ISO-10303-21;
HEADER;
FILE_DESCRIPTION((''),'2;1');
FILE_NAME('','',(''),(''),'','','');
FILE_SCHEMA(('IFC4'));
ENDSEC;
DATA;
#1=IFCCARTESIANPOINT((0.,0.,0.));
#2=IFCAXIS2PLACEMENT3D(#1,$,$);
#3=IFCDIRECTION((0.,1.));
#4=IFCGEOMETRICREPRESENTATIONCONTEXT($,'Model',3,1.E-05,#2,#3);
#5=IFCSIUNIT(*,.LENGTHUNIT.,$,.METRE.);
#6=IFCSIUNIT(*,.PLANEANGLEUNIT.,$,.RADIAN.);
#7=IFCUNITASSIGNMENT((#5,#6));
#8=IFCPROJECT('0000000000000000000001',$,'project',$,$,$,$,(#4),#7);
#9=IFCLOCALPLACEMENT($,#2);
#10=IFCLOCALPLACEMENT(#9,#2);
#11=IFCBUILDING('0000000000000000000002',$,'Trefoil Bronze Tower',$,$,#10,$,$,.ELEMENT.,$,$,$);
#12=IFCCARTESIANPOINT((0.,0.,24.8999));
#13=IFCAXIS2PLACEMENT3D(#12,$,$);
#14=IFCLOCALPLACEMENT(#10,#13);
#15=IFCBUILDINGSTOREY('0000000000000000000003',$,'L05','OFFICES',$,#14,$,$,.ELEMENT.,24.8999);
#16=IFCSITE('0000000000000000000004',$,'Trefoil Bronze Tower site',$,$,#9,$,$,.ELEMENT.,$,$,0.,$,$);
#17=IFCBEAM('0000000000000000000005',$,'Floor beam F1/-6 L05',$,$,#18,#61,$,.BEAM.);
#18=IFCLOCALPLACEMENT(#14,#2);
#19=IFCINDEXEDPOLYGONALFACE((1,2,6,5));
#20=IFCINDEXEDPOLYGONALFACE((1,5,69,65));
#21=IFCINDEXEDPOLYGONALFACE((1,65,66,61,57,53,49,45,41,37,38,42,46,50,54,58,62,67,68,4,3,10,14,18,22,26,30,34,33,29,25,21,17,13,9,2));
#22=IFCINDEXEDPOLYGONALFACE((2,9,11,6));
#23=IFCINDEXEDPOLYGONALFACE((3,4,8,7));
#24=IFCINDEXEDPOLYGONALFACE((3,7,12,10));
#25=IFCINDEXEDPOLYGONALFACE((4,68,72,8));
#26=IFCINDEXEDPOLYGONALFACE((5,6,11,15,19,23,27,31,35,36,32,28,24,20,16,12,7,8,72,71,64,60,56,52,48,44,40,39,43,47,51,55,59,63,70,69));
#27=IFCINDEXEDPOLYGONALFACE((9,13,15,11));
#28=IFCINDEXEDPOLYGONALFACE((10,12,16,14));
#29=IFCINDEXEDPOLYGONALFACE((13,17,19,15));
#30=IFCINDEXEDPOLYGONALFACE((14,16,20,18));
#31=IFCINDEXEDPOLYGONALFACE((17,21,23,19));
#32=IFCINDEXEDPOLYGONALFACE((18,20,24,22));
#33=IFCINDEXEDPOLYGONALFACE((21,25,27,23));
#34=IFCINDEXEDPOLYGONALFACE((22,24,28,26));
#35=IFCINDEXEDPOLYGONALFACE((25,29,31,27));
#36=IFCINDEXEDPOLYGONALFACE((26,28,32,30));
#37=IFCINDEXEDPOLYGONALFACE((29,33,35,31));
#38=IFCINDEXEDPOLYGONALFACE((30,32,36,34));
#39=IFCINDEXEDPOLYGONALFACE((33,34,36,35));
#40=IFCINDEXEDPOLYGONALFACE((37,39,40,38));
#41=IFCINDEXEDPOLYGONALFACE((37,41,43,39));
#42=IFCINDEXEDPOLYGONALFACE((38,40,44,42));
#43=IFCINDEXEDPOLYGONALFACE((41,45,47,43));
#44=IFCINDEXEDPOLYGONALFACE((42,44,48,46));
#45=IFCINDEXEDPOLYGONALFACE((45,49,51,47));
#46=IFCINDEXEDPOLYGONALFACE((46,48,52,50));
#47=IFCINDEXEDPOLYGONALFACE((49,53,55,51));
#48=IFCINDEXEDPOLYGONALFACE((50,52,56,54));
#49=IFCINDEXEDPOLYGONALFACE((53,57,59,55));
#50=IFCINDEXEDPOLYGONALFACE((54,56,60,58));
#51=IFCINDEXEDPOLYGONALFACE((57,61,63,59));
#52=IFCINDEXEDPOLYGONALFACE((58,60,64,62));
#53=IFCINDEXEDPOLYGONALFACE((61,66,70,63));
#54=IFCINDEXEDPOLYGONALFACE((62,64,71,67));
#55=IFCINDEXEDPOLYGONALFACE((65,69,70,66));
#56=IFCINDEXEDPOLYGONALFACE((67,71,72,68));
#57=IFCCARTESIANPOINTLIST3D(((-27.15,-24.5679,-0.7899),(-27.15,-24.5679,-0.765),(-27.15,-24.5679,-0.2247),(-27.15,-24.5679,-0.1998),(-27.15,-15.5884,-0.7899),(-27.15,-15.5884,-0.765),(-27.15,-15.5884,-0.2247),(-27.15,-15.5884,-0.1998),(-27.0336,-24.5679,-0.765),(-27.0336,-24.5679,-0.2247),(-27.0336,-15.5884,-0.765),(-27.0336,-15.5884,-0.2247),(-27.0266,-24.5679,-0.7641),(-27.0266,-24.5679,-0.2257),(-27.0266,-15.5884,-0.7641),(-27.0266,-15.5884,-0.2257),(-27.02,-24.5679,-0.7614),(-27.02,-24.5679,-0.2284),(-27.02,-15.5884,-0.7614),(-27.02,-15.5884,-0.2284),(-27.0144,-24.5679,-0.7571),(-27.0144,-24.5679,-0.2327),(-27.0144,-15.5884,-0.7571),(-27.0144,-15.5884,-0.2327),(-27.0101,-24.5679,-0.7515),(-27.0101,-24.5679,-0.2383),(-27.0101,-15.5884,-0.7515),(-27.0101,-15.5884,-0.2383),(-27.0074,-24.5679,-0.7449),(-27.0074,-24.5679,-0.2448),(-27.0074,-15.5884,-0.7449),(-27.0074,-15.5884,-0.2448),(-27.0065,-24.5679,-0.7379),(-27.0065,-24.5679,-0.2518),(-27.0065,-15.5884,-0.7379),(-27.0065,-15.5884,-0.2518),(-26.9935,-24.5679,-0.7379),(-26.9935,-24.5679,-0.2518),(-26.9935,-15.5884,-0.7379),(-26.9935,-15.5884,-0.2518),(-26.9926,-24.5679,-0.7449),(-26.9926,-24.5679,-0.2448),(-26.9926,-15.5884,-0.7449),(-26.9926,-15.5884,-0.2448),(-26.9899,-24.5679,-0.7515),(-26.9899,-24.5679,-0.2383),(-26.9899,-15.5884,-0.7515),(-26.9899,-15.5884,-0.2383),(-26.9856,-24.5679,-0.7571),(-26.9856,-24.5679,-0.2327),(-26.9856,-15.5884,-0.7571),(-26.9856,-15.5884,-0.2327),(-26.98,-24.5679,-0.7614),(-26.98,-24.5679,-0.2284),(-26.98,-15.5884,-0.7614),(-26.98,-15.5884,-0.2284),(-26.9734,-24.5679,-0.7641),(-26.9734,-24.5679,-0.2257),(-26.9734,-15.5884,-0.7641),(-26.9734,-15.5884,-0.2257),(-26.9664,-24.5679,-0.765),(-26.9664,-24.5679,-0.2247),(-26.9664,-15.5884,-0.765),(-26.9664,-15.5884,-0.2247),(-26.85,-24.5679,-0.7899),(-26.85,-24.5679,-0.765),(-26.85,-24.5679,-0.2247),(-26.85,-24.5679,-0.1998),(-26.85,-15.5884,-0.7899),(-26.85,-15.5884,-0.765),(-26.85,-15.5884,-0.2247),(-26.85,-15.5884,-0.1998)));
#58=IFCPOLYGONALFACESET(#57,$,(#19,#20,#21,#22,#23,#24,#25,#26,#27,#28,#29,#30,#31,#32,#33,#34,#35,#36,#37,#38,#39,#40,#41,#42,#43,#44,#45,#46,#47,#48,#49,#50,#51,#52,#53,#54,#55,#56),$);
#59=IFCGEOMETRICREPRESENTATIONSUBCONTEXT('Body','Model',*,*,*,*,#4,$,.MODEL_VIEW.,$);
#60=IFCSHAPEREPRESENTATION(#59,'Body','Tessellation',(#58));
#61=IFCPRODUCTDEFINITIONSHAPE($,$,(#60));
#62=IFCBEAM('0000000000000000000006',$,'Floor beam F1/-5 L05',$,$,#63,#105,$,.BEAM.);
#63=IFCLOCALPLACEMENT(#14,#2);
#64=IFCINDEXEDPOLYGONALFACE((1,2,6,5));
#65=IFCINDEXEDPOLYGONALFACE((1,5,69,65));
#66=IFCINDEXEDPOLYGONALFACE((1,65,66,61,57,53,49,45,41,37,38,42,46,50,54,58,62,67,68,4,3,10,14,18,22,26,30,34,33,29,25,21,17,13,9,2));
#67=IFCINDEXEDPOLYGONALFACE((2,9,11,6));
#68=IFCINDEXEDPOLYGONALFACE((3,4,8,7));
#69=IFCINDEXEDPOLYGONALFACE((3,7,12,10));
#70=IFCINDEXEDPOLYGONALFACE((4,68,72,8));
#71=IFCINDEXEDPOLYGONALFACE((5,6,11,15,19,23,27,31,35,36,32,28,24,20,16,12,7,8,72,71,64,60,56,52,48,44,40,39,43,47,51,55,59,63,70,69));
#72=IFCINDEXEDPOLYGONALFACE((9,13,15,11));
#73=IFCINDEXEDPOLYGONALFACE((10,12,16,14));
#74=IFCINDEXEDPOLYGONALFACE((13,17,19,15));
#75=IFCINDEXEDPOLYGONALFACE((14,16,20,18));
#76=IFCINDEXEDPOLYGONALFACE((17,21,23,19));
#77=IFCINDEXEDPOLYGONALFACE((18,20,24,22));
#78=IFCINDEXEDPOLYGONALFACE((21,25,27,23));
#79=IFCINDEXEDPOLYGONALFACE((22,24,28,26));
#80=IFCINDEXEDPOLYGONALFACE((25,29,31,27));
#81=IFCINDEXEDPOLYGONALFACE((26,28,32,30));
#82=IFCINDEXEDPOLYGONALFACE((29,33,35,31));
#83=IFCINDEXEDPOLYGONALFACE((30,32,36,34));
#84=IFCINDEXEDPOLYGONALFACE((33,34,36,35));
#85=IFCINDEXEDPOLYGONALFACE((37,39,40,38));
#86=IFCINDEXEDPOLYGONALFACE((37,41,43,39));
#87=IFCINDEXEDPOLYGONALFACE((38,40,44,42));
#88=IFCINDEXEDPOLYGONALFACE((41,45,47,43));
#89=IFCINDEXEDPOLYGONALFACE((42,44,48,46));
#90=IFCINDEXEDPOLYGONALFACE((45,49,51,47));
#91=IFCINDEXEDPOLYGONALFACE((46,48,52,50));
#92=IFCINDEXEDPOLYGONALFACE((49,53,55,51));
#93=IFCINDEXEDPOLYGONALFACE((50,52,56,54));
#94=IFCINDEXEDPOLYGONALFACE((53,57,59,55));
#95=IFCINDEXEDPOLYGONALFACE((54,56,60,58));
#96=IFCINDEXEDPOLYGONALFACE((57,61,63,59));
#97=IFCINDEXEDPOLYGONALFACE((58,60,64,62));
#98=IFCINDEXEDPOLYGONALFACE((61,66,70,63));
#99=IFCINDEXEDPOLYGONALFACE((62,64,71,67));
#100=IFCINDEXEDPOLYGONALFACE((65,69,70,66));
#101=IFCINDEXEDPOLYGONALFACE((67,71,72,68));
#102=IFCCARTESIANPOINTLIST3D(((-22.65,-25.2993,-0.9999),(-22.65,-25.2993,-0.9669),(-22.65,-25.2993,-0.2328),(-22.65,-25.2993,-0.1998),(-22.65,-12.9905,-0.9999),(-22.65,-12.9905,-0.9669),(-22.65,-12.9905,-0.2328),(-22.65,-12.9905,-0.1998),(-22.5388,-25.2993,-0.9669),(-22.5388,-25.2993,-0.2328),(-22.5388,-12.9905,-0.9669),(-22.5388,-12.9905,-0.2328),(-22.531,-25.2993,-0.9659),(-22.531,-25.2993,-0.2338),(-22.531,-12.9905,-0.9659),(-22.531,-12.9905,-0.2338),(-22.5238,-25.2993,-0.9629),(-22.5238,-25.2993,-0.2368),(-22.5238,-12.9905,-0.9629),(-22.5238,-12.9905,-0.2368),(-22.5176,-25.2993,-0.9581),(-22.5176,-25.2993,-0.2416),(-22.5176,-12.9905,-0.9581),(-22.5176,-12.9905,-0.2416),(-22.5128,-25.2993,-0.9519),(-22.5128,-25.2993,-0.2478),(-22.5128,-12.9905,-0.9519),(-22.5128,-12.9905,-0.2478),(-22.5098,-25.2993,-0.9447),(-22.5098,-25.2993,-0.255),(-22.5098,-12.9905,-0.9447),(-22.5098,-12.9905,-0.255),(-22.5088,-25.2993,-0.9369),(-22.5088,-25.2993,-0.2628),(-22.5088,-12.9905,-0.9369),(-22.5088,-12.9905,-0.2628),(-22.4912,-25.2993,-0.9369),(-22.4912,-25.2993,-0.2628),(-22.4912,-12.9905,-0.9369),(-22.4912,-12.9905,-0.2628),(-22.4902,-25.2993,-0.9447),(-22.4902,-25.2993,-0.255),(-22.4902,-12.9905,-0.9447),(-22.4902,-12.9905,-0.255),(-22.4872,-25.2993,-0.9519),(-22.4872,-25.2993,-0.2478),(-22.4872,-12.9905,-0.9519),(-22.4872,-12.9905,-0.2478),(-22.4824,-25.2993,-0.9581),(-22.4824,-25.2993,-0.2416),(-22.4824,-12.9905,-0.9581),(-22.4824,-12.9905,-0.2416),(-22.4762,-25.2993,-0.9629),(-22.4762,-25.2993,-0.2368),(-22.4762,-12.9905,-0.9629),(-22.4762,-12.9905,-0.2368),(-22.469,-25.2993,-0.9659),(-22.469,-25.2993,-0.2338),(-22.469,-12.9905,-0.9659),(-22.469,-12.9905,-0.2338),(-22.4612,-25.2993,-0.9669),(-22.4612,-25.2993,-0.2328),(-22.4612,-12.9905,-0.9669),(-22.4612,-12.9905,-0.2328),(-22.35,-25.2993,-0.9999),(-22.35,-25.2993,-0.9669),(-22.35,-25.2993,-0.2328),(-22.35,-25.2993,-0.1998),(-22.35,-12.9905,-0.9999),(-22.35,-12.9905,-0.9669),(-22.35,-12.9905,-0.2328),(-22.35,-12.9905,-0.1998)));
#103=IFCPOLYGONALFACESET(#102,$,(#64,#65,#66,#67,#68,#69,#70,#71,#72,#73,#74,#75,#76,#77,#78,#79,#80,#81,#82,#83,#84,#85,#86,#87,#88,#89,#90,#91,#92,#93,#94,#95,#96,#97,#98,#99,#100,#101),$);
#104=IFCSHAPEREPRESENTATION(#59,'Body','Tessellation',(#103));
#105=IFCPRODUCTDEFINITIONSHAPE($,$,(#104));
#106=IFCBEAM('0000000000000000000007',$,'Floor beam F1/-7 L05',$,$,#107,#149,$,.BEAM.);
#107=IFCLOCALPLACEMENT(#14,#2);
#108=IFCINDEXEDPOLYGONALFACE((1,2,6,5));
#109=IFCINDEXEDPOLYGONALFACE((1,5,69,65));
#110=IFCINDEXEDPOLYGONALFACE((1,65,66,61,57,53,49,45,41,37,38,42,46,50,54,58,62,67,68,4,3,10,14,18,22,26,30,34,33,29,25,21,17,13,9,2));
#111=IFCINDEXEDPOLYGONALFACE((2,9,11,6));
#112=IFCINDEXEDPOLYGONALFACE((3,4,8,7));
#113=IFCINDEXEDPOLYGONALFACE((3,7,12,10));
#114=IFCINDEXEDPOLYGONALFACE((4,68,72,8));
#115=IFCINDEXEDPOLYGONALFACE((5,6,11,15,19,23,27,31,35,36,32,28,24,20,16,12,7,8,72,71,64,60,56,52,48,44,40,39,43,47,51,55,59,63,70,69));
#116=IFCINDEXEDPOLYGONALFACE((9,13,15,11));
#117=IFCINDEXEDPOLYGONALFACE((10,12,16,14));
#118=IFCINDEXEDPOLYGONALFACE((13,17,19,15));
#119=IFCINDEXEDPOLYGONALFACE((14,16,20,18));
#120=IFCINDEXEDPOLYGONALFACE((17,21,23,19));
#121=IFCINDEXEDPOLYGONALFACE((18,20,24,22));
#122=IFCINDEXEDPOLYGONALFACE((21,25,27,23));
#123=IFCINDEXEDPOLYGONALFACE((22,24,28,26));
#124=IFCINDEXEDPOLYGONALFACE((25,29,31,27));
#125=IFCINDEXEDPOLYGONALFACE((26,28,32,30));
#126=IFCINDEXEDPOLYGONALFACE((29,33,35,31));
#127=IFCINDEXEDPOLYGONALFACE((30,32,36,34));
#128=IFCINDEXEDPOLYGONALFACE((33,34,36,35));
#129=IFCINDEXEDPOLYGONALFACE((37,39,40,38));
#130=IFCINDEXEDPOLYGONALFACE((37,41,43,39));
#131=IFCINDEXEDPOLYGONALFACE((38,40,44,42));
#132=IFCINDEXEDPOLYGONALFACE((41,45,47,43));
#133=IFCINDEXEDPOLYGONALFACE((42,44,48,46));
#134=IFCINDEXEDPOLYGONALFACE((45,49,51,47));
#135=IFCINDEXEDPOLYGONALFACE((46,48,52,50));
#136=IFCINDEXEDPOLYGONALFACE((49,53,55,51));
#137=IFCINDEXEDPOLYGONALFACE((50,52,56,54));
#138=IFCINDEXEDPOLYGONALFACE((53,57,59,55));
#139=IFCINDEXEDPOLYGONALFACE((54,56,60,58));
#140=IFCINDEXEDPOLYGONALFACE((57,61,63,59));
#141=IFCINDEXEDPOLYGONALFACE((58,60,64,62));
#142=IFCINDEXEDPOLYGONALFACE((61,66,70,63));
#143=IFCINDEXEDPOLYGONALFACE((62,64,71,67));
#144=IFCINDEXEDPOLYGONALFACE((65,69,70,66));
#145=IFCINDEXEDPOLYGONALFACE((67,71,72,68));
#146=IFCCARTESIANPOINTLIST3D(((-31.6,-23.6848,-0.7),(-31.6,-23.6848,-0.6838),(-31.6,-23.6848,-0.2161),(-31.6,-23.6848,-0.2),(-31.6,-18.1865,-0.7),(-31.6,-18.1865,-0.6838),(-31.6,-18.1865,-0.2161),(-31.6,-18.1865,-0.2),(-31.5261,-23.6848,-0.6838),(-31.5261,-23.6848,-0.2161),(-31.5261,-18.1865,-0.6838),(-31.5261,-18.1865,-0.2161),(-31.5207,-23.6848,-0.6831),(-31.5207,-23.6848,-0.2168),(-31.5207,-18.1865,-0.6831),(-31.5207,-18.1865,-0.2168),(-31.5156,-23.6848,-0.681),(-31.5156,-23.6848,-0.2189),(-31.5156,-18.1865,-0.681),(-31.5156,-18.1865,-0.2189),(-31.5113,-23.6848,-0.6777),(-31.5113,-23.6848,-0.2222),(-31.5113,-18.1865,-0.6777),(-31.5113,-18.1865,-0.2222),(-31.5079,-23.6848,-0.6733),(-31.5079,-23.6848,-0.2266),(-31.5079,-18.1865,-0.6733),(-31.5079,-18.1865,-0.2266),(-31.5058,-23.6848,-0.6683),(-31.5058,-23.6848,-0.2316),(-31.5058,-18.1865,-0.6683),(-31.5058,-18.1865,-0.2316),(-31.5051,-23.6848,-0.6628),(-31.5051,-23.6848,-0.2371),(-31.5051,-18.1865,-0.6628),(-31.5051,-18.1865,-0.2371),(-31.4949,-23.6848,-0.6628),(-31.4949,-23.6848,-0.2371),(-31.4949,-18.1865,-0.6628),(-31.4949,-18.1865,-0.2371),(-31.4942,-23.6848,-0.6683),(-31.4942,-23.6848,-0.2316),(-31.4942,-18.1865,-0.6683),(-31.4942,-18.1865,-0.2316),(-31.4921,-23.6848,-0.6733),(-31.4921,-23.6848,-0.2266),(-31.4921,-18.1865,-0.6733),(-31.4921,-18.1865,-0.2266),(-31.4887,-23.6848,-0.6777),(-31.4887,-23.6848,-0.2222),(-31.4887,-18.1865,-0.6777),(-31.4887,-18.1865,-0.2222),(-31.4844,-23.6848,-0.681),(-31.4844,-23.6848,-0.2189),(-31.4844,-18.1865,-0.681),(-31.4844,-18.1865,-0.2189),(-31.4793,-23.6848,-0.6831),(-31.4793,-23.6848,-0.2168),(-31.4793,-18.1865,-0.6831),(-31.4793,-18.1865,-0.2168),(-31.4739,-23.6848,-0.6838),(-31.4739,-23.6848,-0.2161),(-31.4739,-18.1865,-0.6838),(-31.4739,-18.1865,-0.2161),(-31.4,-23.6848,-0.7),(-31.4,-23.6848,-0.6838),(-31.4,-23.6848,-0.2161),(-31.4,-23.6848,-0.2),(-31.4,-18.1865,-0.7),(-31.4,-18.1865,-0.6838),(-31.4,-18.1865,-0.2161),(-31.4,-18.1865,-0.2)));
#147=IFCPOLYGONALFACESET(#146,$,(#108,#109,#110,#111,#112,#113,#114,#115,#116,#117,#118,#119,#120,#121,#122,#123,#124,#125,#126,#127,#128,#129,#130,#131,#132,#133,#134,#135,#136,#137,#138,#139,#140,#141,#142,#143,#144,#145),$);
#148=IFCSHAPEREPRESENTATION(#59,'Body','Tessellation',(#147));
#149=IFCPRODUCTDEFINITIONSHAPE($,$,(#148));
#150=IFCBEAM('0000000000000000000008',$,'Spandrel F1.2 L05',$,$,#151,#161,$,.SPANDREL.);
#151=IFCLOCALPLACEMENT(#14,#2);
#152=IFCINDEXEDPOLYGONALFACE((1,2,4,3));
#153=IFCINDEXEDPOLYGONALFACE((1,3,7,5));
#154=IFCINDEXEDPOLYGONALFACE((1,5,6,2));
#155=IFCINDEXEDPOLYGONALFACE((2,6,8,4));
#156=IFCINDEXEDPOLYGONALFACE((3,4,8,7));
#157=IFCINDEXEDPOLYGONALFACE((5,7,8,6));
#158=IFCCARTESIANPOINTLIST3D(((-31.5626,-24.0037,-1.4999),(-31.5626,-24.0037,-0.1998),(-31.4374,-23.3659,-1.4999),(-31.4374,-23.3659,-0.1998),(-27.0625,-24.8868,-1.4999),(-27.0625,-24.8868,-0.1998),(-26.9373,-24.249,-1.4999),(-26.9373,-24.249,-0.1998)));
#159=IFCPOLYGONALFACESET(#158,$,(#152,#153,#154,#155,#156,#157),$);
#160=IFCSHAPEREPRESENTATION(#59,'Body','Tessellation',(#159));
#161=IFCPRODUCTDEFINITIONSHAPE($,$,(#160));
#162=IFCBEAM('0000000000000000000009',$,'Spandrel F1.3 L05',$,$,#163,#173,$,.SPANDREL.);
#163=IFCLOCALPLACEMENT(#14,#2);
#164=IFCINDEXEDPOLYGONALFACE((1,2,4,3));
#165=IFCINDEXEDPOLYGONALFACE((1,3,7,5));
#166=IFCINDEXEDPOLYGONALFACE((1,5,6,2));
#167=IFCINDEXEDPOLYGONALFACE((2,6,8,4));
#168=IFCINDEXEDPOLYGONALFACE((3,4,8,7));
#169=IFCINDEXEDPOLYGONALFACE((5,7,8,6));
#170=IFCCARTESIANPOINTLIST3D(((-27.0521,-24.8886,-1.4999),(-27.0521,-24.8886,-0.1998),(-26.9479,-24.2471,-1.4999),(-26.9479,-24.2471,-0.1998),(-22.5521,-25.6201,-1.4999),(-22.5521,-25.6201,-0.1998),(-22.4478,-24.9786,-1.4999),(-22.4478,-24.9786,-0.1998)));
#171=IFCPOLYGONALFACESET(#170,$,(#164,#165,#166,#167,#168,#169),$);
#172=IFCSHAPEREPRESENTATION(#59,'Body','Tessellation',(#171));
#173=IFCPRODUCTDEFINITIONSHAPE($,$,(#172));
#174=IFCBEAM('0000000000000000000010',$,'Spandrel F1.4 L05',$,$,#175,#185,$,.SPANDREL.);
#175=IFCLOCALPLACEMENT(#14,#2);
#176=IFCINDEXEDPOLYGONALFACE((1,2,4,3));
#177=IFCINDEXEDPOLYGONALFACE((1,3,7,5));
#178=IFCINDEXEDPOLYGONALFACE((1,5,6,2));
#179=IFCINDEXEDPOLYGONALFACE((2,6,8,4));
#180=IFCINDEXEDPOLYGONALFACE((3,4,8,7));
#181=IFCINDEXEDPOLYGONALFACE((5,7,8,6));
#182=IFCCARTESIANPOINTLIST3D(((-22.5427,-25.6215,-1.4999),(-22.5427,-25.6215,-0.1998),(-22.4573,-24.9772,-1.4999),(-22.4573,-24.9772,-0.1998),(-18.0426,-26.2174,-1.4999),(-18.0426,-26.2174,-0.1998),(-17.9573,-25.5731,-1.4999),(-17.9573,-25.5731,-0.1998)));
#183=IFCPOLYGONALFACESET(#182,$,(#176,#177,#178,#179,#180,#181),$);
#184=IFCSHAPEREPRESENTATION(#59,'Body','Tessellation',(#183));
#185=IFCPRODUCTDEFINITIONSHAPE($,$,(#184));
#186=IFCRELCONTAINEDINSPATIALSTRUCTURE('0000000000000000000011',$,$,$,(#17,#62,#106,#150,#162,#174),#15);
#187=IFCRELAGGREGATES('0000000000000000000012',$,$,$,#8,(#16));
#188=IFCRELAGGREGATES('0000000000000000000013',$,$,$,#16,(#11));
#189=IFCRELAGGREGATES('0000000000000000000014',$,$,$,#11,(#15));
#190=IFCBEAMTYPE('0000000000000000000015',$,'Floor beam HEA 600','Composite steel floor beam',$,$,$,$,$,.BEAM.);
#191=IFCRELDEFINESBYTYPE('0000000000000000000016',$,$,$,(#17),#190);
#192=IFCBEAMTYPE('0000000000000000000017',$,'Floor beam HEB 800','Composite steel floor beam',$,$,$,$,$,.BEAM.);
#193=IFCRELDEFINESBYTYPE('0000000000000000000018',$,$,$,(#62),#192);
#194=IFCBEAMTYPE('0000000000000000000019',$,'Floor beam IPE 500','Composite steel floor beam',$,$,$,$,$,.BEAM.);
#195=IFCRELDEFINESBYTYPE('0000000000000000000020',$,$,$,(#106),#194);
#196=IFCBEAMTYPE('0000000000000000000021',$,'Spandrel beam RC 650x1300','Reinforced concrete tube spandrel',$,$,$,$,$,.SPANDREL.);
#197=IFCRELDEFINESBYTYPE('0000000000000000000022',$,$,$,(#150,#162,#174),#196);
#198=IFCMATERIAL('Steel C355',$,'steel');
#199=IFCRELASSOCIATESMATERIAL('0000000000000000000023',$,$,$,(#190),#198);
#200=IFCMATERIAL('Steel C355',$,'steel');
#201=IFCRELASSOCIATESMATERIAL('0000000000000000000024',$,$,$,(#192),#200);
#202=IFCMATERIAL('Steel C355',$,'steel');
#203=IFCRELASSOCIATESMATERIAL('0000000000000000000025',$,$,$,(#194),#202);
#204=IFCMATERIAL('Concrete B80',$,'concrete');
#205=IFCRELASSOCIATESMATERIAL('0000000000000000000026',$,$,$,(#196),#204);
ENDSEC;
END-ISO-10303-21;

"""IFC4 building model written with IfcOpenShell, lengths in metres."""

from ifc_helpers import new_model, si_unit, direction, frame, origin, origin_2d, place, context, subcontext, project, spatial, rectangle, i_section, extrude, material, material_profile, profile_set, type_object, element, save


model = new_model("IFC4")

# Units and contexts
model_context = context("Model", 3, precision=1e-05, world=origin(), true_north=direction((0.0, 1.0)))
body_context = subcontext(model_context, "Body", "Model", "MODEL_VIEW")
ifc_project = project(units=[si_unit("LENGTHUNIT", "METRE"), si_unit("PLANEANGLEUNIT", "RADIAN")], contexts=[model_context])

# Site, building, storey
site_placement = place(None, origin())
site = spatial("IfcSite", under=ifc_project, at=site_placement, Name="Trefoil Bronze Tower site", CompositionType="ELEMENT", RefElevation=0.0)
building_placement = place(site_placement, origin())
building = spatial("IfcBuilding", under=site, at=building_placement, Name="Trefoil Bronze Tower", CompositionType="ELEMENT")
storey_placement = place(building_placement, frame((0.0, 0.0, 24.8999)))
storey = spatial("IfcBuildingStorey", under=building, at=storey_placement, Name="L05", Description="OFFICES", CompositionType="ELEMENT", Elevation=24.8999)

# Beams
ifc_material_1 = material(Name="Steel C355", Category="steel")
ifc_material_profile_1 = material_profile(ifc_material_1, i_section(OverallWidth=0.3, OverallDepth=0.5901, WebThickness=0.0129, FlangeThickness=0.0249, FilletRadius=0.0271, at=origin_2d()), Name="HEA 600")
ifc_profile_set_1 = profile_set([ifc_material_profile_1], Name="Steel C355")
beam_type_1 = type_object("IfcBeamType", Name="Floor beam HEA 600", Description="Composite steel floor beam", PredefinedType="BEAM", material=ifc_profile_set_1)
beam_1_placement = place(storey_placement, frame((-27.0, -24.5679, -0.4949), z_axis=(0.0, 1.0, 0.0), x_axis=(-1.0, 0.0, 0.0)))
element("IfcBeam", 1, at=beam_1_placement, inside=storey, type_object=beam_type_1, Name="Floor beam F1/-6 L05", PredefinedType="BEAM", context=body_context, shape_type="SweptSolid", body=[
    extrude(i_section(OverallWidth=0.3, OverallDepth=0.5901, WebThickness=0.0129, FlangeThickness=0.0249, FilletRadius=0.0271, at=origin_2d()), origin(), (0.0, 0.0, 1.0), 8.9795),
])
ifc_material_2 = material(Name="Steel C355", Category="steel")
ifc_material_profile_2 = material_profile(ifc_material_2, i_section(OverallWidth=0.3, OverallDepth=0.8, WebThickness=0.0176, FlangeThickness=0.033, FilletRadius=0.03, at=origin_2d()), Name="HEB 800")
ifc_profile_set_2 = profile_set([ifc_material_profile_2], Name="Steel C355")
beam_type_2 = type_object("IfcBeamType", Name="Floor beam HEB 800", Description="Composite steel floor beam", PredefinedType="BEAM", material=ifc_profile_set_2)
beam_2_placement = place(storey_placement, frame((-22.5, -25.2993, -0.5999), z_axis=(0.0, 1.0, 0.0), x_axis=(-1.0, 0.0, 0.0)))
element("IfcBeam", 2, at=beam_2_placement, inside=storey, type_object=beam_type_2, Name="Floor beam F1/-5 L05", PredefinedType="BEAM", context=body_context, shape_type="SweptSolid", body=[
    extrude(i_section(OverallWidth=0.3, OverallDepth=0.8, WebThickness=0.0176, FlangeThickness=0.033, FilletRadius=0.03, at=origin_2d()), origin(), (0.0, 0.0, 1.0), 12.3088),
])
ifc_material_3 = material(Name="Steel C355", Category="steel")
ifc_material_profile_3 = material_profile(ifc_material_3, i_section(OverallWidth=0.2, OverallDepth=0.5, WebThickness=0.0103, FlangeThickness=0.0161, FilletRadius=0.021, at=origin_2d()), Name="IPE 500")
ifc_profile_set_3 = profile_set([ifc_material_profile_3], Name="Steel C355")
beam_type_3 = type_object("IfcBeamType", Name="Floor beam IPE 500", Description="Composite steel floor beam", PredefinedType="BEAM", material=ifc_profile_set_3)
beam_3_placement = place(storey_placement, frame((-31.5, -23.6848, -0.45), z_axis=(0.0, 1.0, 0.0), x_axis=(-1.0, 0.0, 0.0)))
element("IfcBeam", 3, at=beam_3_placement, inside=storey, type_object=beam_type_3, Name="Floor beam F1/-7 L05", PredefinedType="BEAM", context=body_context, shape_type="SweptSolid", body=[
    extrude(i_section(OverallWidth=0.2, OverallDepth=0.5, WebThickness=0.0103, FlangeThickness=0.0161, FilletRadius=0.021, at=origin_2d()), origin(), (0.0, 0.0, 1.0), 5.4983),
])
ifc_material_4 = material(Name="Concrete B80", Category="concrete")
ifc_material_profile_4 = material_profile(ifc_material_4, rectangle(XDim=0.6499, YDim=1.3, at=origin_2d()), Name="RC 650x1300")
ifc_profile_set_4 = profile_set([ifc_material_profile_4], Name="Concrete B80")
beam_type_4 = type_object("IfcBeamType", Name="Spandrel beam RC 650x1300", Description="Reinforced concrete tube spandrel", PredefinedType="SPANDREL", material=ifc_profile_set_4)
beam_4_placement = place(storey_placement, frame((-31.5, -23.6848, -0.8499), z_axis=(0.981285, -0.192562, 0.0), x_axis=(0.192562, 0.981285, 0.0)))
element("IfcBeam", 4, at=beam_4_placement, inside=storey, type_object=beam_type_4, Name="Spandrel F1.2 L05", PredefinedType="SPANDREL", context=body_context, shape_type="SweptSolid", body=[
    extrude(rectangle(XDim=0.6499, YDim=1.3, at=origin_2d()), origin(), (0.0, 0.0, 1.0), 4.5859),
])
beam_5_placement = place(storey_placement, frame((-27.0, -24.5679, -0.8499), z_axis=(0.987046, -0.160438, 0.0), x_axis=(0.160438, 0.987046, 0.0)))
element("IfcBeam", 5, at=beam_5_placement, inside=storey, type_object=beam_type_4, Name="Spandrel F1.3 L05", PredefinedType="SPANDREL", context=body_context, shape_type="SweptSolid", body=[
    extrude(rectangle(XDim=0.6499, YDim=1.3, at=origin_2d()), origin(), (0.0, 0.0, 1.0), 4.5591),
])
beam_6_placement = place(storey_placement, frame((-22.5, -25.2993, -0.8499), z_axis=(0.991344, -0.131286, 0.0), x_axis=(0.131286, 0.991344, 0.0)))
element("IfcBeam", 6, at=beam_6_placement, inside=storey, type_object=beam_type_4, Name="Spandrel F1.4 L05", PredefinedType="SPANDREL", context=body_context, shape_type="SweptSolid", body=[
    extrude(rectangle(XDim=0.6499, YDim=1.3, at=origin_2d()), origin(), (0.0, 0.0, 1.0), 4.5393),
])

save(model, "model.ifc")
